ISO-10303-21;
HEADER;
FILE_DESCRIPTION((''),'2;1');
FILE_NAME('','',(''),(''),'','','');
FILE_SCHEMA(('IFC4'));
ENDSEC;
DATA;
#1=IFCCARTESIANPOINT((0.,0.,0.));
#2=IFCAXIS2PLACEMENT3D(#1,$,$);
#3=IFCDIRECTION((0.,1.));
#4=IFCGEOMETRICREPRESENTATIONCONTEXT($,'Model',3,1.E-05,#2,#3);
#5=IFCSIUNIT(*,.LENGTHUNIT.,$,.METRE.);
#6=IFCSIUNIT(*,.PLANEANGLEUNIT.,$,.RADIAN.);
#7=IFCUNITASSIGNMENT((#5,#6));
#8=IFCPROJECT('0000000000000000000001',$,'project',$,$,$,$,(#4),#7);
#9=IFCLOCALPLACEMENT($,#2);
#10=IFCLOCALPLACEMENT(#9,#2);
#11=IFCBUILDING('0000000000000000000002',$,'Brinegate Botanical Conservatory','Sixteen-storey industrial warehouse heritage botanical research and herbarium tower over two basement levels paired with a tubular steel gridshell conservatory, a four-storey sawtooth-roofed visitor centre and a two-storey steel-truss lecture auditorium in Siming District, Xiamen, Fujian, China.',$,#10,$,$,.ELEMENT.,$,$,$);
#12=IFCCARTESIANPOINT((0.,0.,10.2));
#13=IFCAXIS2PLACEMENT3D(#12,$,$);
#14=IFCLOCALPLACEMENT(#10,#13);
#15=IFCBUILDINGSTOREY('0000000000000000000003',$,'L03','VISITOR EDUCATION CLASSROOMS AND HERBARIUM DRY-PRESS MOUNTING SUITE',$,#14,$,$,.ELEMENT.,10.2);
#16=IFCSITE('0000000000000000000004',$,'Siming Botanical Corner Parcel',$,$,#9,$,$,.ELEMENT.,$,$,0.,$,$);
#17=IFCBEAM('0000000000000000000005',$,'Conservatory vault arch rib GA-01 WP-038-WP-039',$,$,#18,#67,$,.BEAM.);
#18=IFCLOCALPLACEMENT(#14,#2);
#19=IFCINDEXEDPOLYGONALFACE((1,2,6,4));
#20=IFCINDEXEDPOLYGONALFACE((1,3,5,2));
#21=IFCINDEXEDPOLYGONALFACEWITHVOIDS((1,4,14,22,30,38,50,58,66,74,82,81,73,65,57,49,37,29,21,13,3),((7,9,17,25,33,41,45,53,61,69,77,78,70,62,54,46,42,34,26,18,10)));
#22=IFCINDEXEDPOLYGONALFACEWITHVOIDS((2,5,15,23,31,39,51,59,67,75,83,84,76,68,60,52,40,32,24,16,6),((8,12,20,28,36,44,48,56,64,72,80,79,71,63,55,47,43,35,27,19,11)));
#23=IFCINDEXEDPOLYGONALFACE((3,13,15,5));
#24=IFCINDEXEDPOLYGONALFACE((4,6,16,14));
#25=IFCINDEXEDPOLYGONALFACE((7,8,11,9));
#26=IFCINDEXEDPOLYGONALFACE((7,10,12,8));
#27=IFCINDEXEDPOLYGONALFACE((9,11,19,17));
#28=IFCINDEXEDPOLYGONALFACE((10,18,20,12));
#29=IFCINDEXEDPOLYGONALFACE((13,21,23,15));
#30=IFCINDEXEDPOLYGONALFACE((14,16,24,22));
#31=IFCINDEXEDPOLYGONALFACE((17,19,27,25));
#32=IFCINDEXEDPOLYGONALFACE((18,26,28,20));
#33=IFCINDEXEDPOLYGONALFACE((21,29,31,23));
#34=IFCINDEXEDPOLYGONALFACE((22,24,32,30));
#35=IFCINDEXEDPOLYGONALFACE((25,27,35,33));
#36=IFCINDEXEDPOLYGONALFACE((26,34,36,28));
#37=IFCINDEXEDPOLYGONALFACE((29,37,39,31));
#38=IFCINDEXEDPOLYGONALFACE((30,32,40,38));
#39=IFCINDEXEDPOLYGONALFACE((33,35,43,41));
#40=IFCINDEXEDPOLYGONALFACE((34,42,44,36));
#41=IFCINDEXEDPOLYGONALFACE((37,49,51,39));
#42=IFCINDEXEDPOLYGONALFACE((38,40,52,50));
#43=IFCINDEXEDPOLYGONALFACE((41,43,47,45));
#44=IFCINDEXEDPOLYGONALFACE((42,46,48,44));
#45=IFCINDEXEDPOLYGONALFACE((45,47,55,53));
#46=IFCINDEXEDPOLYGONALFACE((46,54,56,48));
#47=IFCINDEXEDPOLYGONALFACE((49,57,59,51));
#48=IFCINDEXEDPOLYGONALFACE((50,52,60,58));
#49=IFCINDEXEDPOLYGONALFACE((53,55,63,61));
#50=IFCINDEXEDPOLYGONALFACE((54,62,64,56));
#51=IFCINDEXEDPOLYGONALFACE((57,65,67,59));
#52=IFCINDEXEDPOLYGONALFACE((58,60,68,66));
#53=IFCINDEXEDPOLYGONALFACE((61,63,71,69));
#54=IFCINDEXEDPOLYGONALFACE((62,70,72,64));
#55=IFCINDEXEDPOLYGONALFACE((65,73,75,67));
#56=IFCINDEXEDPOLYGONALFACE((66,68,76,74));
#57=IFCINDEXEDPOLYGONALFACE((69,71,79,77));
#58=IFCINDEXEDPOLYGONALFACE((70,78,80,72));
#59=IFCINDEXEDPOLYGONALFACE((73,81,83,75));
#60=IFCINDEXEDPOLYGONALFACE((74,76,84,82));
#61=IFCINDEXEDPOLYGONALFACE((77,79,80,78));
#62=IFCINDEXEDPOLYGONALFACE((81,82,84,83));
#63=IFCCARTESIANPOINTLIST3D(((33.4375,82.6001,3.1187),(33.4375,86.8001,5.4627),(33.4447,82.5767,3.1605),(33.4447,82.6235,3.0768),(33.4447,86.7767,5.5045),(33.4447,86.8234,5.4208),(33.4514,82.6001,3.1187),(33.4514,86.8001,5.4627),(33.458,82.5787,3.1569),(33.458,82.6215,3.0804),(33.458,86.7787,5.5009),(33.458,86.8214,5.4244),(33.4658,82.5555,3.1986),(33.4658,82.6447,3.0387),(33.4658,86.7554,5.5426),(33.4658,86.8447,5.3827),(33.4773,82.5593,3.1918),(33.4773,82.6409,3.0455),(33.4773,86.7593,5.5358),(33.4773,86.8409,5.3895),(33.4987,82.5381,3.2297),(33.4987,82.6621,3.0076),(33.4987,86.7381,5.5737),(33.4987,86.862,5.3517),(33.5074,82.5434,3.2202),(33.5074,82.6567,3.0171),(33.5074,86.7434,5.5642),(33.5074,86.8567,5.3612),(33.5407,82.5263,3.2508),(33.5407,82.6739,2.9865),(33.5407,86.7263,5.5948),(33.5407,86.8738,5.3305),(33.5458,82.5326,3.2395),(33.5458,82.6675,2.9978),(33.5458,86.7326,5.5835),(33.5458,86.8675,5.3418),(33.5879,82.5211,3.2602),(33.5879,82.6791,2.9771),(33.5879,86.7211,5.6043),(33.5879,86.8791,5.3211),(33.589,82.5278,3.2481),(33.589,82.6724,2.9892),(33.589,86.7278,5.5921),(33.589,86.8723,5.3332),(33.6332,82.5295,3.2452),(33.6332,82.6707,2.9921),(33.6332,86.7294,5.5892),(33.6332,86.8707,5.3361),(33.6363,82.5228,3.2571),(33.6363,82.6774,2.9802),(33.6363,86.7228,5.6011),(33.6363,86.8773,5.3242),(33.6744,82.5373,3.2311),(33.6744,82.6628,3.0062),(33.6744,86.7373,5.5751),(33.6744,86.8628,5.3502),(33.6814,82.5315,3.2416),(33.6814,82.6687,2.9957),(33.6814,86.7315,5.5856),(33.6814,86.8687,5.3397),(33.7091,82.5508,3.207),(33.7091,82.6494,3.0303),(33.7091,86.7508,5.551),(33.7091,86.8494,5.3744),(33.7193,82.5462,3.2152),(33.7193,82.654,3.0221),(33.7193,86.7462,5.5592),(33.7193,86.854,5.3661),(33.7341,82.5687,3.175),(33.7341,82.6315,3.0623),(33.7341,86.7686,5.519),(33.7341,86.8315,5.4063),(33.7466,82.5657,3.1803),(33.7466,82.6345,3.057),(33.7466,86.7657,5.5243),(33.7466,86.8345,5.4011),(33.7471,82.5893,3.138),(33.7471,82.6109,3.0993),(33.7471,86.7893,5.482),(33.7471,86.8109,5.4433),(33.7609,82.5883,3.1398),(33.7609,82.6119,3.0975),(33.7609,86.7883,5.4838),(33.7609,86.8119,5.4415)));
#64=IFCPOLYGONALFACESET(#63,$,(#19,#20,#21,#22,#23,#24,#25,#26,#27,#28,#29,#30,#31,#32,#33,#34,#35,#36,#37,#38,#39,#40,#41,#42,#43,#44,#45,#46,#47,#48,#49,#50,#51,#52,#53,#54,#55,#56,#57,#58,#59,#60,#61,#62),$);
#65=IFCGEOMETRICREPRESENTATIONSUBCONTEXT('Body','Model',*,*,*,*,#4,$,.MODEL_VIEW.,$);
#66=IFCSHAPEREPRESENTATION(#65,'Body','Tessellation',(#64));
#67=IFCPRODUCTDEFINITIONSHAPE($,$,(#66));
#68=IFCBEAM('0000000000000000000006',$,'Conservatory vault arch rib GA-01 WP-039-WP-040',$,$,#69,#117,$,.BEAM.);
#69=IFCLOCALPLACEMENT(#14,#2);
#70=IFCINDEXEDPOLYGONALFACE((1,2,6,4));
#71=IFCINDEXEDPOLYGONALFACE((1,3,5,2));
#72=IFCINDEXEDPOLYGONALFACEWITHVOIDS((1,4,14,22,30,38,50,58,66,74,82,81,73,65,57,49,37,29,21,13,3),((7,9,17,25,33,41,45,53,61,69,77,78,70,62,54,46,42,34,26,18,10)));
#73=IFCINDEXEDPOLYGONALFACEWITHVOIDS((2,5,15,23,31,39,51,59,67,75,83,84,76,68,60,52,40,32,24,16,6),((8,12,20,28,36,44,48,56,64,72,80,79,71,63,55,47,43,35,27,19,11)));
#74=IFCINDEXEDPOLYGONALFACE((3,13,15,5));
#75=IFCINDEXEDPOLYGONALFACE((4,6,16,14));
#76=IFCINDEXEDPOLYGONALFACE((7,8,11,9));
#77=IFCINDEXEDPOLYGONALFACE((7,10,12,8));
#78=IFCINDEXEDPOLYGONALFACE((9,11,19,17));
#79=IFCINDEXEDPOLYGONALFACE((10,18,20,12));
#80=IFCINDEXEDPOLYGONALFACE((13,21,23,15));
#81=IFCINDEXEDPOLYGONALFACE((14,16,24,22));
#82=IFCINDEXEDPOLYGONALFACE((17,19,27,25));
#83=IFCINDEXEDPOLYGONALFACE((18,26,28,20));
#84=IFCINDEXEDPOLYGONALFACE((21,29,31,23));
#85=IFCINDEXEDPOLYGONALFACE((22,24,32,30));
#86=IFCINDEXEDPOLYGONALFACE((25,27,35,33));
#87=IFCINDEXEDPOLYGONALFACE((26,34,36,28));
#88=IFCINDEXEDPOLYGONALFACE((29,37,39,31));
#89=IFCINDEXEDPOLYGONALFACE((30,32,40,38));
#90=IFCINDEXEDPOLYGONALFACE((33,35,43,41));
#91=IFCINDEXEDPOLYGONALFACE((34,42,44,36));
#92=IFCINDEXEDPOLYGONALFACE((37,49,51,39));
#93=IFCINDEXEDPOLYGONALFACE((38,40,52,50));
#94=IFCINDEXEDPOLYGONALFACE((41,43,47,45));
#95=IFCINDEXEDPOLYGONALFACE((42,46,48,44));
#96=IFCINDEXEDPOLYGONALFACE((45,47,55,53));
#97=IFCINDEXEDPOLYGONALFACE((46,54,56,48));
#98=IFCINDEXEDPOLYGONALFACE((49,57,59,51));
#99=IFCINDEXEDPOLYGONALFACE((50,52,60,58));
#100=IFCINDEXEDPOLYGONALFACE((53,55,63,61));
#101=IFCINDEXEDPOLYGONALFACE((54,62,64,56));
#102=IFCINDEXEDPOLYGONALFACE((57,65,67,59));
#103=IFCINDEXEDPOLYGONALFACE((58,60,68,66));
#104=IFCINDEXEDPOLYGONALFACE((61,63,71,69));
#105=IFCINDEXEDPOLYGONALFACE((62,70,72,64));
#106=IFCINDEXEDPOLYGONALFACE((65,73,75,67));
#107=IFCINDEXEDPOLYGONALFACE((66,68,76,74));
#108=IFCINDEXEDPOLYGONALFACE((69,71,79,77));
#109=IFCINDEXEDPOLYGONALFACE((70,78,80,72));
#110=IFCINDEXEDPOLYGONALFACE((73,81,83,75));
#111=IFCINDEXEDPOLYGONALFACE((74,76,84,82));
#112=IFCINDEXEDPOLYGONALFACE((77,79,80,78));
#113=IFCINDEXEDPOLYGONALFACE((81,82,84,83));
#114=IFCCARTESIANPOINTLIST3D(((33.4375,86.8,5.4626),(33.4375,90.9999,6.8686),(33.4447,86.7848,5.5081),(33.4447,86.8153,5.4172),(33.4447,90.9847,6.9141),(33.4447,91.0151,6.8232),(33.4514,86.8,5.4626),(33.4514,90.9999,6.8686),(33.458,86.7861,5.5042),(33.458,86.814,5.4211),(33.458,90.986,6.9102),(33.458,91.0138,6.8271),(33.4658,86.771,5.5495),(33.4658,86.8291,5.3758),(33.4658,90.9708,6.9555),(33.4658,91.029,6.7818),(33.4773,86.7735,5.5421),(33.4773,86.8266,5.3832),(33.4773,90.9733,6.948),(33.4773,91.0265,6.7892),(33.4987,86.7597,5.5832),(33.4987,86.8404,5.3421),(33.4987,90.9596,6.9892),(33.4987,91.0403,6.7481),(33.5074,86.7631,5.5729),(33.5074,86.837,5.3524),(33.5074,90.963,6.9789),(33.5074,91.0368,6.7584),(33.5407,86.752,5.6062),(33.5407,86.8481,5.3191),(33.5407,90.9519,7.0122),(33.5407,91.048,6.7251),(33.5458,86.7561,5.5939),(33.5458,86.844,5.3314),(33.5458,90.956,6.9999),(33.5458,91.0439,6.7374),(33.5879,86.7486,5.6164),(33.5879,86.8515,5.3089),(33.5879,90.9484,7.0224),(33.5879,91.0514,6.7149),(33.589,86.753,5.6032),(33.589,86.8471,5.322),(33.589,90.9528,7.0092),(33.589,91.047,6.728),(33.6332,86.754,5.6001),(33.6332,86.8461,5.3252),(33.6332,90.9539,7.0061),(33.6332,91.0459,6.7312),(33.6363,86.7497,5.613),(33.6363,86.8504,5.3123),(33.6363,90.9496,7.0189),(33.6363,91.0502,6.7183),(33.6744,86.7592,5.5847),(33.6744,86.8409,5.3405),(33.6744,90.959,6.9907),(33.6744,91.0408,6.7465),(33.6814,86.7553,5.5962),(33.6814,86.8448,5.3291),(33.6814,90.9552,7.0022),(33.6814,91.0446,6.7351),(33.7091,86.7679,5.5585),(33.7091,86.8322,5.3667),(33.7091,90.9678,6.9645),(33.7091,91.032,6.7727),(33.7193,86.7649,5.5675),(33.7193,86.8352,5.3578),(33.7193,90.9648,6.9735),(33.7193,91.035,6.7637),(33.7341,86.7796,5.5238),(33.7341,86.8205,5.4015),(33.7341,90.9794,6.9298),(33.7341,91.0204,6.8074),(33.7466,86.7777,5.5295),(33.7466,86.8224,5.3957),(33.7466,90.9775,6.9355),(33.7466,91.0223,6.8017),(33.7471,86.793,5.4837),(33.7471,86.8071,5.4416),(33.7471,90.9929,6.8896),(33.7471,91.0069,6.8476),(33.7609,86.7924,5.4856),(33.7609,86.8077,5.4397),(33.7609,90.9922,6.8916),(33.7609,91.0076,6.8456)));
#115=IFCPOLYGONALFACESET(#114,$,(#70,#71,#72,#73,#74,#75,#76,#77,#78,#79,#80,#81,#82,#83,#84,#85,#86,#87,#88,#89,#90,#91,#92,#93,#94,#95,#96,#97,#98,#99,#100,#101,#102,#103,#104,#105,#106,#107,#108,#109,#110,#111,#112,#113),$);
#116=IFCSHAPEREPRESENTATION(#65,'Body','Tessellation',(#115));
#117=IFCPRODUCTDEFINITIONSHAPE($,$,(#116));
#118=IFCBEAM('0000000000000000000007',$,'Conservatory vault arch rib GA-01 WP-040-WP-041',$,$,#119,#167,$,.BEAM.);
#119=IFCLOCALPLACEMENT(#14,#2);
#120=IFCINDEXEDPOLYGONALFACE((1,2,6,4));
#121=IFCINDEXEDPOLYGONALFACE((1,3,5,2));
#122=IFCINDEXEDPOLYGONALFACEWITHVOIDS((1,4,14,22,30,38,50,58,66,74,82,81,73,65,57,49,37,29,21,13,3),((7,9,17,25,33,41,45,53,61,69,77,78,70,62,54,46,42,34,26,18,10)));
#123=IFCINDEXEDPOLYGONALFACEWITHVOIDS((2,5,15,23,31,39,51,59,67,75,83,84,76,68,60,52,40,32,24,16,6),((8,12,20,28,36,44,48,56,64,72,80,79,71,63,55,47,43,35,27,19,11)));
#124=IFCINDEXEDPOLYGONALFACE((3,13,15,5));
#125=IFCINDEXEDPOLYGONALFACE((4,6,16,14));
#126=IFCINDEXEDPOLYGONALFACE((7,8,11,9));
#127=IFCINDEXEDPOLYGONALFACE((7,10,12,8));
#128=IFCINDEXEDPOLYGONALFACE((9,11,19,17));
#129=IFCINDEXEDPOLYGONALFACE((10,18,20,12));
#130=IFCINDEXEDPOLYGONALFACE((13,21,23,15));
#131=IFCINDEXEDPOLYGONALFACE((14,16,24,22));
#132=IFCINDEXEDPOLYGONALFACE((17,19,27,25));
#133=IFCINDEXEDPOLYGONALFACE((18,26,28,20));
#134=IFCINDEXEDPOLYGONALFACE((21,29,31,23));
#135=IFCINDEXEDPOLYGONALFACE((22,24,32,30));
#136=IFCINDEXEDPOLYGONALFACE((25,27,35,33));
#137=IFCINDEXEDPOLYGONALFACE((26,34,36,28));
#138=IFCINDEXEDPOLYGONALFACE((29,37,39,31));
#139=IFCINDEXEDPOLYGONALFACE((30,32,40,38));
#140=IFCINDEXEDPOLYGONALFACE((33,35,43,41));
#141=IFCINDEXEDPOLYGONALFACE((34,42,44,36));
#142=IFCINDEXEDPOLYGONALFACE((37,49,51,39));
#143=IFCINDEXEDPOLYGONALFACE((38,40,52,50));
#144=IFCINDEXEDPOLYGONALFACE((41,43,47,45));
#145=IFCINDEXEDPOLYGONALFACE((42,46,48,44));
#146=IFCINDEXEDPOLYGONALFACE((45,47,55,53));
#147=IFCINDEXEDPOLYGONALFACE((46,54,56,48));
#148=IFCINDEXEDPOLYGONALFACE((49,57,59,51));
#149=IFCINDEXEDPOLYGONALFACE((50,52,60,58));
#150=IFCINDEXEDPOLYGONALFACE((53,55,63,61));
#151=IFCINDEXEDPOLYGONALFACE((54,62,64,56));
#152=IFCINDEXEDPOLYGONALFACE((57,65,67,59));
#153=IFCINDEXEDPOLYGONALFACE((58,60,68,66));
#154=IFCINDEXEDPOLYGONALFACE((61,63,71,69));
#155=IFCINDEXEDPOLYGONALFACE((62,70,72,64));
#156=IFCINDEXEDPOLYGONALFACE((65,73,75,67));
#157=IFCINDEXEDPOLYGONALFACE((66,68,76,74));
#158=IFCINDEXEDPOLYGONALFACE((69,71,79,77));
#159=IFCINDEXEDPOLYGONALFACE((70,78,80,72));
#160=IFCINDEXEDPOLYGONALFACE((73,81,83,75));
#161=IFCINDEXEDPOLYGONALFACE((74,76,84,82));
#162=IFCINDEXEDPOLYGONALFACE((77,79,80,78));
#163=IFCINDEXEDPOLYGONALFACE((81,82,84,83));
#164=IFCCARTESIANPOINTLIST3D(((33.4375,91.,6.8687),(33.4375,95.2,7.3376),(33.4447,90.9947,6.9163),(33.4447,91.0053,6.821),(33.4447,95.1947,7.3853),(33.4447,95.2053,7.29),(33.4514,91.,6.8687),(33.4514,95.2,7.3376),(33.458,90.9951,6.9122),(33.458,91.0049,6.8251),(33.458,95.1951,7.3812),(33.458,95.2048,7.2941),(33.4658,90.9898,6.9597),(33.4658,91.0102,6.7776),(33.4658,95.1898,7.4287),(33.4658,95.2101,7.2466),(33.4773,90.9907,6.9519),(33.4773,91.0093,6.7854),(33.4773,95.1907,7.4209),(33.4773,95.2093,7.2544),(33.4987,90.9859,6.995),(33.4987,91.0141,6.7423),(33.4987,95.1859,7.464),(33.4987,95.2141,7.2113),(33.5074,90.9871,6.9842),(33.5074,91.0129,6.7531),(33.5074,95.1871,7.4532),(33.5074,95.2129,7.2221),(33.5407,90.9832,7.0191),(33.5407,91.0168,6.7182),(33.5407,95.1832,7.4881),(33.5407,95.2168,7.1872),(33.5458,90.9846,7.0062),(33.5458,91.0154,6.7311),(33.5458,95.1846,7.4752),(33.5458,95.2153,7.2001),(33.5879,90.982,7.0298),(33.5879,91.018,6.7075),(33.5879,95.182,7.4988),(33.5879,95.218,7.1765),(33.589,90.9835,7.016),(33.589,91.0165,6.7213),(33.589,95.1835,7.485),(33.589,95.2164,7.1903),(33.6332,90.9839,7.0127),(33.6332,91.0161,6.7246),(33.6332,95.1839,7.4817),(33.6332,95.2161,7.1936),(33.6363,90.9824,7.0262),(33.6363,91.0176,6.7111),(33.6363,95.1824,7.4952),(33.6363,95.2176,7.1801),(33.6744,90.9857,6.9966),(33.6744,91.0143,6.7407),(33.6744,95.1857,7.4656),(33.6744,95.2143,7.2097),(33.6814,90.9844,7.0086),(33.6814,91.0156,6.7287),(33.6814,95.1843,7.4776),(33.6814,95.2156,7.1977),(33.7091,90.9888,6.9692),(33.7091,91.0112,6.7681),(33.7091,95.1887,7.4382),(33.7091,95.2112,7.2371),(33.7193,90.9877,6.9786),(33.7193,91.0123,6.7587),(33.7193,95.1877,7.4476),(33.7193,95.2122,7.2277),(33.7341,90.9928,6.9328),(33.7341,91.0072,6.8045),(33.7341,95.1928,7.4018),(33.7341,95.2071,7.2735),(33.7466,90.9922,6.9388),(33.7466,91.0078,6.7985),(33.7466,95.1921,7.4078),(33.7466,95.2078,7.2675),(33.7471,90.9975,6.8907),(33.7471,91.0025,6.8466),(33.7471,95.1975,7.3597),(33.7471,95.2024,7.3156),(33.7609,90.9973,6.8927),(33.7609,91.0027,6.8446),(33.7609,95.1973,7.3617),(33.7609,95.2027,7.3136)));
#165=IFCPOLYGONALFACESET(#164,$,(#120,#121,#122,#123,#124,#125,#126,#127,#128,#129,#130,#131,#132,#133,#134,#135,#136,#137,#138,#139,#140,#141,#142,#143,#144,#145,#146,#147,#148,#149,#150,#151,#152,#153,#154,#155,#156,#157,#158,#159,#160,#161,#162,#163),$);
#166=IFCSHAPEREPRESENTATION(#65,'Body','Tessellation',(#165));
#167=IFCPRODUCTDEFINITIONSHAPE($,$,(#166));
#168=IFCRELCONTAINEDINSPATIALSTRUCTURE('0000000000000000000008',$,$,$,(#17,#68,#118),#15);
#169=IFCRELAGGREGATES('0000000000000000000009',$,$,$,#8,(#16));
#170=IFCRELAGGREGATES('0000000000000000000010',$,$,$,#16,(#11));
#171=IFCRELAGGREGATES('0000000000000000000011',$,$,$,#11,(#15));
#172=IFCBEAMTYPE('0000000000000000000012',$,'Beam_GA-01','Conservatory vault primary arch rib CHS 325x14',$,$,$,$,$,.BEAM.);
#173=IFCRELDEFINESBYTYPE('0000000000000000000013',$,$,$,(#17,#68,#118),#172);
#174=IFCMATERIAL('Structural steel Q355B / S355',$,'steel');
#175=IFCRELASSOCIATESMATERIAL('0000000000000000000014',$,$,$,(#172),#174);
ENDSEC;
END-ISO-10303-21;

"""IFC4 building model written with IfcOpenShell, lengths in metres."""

from ifc_helpers import new_model, si_unit, direction, frame, origin, origin_2d, place, context, subcontext, project, spatial, hollow_circle, extrude, material, material_profile, profile_set, type_object, element, save


model = new_model("IFC4")

# Units and contexts
model_context = context("Model", 3, precision=1e-05, world=origin(), true_north=direction((0.0, 1.0)))
body_context = subcontext(model_context, "Body", "Model", "MODEL_VIEW")
ifc_project = project(units=[si_unit("LENGTHUNIT", "METRE"), si_unit("PLANEANGLEUNIT", "RADIAN")], contexts=[model_context])

# Site, building, storey
site_placement = place(None, origin())
site = spatial("IfcSite", under=ifc_project, at=site_placement, Name="Siming Botanical Corner Parcel", CompositionType="ELEMENT", RefElevation=0.0)
building_placement = place(site_placement, origin())
building = spatial("IfcBuilding", under=site, at=building_placement, Name="Brinegate Botanical Conservatory", Description="Sixteen-storey industrial warehouse heritage botanical research and herbarium tower over two basement levels paired with a tubular steel gridshell conservatory, a four-storey sawtooth-roofed visitor centre and a two-storey steel-truss lecture auditorium in Siming District, Xiamen, Fujian, China.", CompositionType="ELEMENT")
storey_placement = place(building_placement, frame((0.0, 0.0, 10.2)))
storey = spatial("IfcBuildingStorey", under=building, at=storey_placement, Name="L03", Description="VISITOR EDUCATION CLASSROOMS AND HERBARIUM DRY-PRESS MOUNTING SUITE", CompositionType="ELEMENT", Elevation=10.2)

# Beams
ifc_material_1 = material(Name="Structural steel Q355B / S355", Category="steel")
ifc_material_profile_1 = material_profile(ifc_material_1, hollow_circle(Radius=0.1626, WallThickness=0.0139, at=origin_2d()), Name="CHS 325x14")
ifc_profile_set_1 = profile_set([ifc_material_profile_1], Name="Structural steel Q355B / S355")
beam_type_1 = type_object("IfcBeamType", Name="Beam_GA-01", Description="Conservatory vault primary arch rib CHS 325x14", PredefinedType="BEAM", material=ifc_profile_set_1)
beam_1_placement = place(storey_placement, frame((33.6001, 82.6001, 3.1187), z_axis=(0.0, 0.873212, 0.48734), x_axis=(-1.0, 0.0, 0.0)))
element("IfcBeam", 1, at=beam_1_placement, inside=storey, type_object=beam_type_1, Name="Conservatory vault arch rib GA-01 WP-038-WP-039", PredefinedType="BEAM", context=body_context, shape_type="SweptSolid", body=[
    extrude(hollow_circle(Radius=0.1626, WallThickness=0.0139, at=origin_2d()), origin(), (0.0, 0.0, 1.0), 4.8098),
])
beam_2_placement = place(storey_placement, frame((33.6001, 86.8, 5.4626), z_axis=(0.0, 0.948275, 0.317451), x_axis=(-1.0, 0.0, 0.0)))
element("IfcBeam", 2, at=beam_2_placement, inside=storey, type_object=beam_type_1, Name="Conservatory vault arch rib GA-01 WP-039-WP-040", PredefinedType="BEAM", context=body_context, shape_type="SweptSolid", body=[
    extrude(hollow_circle(Radius=0.1626, WallThickness=0.0139, at=origin_2d()), origin(), (0.0, 0.0, 1.0), 4.429),
])
for number, where, z_axis, x_axis, name in (
    (3, (33.6001, 91.0, 6.8687), (0.0, 0.993823, 0.110977), (-1.0, 0.0, 0.0), "Conservatory vault arch rib GA-01 WP-040-WP-041"),
):
    element("IfcBeam", number, at=place(storey_placement, frame(where, z_axis=z_axis, x_axis=x_axis)), inside=storey, type_object=beam_type_1, Name=name, PredefinedType="BEAM", context=body_context, shape_type="SweptSolid", body=[
        extrude(hollow_circle(Radius=0.1626, WallThickness=0.0139, at=origin_2d()), origin(), (0.0, 0.0, 1.0), 4.2261),
    ])

save(model, "model.ifc")
